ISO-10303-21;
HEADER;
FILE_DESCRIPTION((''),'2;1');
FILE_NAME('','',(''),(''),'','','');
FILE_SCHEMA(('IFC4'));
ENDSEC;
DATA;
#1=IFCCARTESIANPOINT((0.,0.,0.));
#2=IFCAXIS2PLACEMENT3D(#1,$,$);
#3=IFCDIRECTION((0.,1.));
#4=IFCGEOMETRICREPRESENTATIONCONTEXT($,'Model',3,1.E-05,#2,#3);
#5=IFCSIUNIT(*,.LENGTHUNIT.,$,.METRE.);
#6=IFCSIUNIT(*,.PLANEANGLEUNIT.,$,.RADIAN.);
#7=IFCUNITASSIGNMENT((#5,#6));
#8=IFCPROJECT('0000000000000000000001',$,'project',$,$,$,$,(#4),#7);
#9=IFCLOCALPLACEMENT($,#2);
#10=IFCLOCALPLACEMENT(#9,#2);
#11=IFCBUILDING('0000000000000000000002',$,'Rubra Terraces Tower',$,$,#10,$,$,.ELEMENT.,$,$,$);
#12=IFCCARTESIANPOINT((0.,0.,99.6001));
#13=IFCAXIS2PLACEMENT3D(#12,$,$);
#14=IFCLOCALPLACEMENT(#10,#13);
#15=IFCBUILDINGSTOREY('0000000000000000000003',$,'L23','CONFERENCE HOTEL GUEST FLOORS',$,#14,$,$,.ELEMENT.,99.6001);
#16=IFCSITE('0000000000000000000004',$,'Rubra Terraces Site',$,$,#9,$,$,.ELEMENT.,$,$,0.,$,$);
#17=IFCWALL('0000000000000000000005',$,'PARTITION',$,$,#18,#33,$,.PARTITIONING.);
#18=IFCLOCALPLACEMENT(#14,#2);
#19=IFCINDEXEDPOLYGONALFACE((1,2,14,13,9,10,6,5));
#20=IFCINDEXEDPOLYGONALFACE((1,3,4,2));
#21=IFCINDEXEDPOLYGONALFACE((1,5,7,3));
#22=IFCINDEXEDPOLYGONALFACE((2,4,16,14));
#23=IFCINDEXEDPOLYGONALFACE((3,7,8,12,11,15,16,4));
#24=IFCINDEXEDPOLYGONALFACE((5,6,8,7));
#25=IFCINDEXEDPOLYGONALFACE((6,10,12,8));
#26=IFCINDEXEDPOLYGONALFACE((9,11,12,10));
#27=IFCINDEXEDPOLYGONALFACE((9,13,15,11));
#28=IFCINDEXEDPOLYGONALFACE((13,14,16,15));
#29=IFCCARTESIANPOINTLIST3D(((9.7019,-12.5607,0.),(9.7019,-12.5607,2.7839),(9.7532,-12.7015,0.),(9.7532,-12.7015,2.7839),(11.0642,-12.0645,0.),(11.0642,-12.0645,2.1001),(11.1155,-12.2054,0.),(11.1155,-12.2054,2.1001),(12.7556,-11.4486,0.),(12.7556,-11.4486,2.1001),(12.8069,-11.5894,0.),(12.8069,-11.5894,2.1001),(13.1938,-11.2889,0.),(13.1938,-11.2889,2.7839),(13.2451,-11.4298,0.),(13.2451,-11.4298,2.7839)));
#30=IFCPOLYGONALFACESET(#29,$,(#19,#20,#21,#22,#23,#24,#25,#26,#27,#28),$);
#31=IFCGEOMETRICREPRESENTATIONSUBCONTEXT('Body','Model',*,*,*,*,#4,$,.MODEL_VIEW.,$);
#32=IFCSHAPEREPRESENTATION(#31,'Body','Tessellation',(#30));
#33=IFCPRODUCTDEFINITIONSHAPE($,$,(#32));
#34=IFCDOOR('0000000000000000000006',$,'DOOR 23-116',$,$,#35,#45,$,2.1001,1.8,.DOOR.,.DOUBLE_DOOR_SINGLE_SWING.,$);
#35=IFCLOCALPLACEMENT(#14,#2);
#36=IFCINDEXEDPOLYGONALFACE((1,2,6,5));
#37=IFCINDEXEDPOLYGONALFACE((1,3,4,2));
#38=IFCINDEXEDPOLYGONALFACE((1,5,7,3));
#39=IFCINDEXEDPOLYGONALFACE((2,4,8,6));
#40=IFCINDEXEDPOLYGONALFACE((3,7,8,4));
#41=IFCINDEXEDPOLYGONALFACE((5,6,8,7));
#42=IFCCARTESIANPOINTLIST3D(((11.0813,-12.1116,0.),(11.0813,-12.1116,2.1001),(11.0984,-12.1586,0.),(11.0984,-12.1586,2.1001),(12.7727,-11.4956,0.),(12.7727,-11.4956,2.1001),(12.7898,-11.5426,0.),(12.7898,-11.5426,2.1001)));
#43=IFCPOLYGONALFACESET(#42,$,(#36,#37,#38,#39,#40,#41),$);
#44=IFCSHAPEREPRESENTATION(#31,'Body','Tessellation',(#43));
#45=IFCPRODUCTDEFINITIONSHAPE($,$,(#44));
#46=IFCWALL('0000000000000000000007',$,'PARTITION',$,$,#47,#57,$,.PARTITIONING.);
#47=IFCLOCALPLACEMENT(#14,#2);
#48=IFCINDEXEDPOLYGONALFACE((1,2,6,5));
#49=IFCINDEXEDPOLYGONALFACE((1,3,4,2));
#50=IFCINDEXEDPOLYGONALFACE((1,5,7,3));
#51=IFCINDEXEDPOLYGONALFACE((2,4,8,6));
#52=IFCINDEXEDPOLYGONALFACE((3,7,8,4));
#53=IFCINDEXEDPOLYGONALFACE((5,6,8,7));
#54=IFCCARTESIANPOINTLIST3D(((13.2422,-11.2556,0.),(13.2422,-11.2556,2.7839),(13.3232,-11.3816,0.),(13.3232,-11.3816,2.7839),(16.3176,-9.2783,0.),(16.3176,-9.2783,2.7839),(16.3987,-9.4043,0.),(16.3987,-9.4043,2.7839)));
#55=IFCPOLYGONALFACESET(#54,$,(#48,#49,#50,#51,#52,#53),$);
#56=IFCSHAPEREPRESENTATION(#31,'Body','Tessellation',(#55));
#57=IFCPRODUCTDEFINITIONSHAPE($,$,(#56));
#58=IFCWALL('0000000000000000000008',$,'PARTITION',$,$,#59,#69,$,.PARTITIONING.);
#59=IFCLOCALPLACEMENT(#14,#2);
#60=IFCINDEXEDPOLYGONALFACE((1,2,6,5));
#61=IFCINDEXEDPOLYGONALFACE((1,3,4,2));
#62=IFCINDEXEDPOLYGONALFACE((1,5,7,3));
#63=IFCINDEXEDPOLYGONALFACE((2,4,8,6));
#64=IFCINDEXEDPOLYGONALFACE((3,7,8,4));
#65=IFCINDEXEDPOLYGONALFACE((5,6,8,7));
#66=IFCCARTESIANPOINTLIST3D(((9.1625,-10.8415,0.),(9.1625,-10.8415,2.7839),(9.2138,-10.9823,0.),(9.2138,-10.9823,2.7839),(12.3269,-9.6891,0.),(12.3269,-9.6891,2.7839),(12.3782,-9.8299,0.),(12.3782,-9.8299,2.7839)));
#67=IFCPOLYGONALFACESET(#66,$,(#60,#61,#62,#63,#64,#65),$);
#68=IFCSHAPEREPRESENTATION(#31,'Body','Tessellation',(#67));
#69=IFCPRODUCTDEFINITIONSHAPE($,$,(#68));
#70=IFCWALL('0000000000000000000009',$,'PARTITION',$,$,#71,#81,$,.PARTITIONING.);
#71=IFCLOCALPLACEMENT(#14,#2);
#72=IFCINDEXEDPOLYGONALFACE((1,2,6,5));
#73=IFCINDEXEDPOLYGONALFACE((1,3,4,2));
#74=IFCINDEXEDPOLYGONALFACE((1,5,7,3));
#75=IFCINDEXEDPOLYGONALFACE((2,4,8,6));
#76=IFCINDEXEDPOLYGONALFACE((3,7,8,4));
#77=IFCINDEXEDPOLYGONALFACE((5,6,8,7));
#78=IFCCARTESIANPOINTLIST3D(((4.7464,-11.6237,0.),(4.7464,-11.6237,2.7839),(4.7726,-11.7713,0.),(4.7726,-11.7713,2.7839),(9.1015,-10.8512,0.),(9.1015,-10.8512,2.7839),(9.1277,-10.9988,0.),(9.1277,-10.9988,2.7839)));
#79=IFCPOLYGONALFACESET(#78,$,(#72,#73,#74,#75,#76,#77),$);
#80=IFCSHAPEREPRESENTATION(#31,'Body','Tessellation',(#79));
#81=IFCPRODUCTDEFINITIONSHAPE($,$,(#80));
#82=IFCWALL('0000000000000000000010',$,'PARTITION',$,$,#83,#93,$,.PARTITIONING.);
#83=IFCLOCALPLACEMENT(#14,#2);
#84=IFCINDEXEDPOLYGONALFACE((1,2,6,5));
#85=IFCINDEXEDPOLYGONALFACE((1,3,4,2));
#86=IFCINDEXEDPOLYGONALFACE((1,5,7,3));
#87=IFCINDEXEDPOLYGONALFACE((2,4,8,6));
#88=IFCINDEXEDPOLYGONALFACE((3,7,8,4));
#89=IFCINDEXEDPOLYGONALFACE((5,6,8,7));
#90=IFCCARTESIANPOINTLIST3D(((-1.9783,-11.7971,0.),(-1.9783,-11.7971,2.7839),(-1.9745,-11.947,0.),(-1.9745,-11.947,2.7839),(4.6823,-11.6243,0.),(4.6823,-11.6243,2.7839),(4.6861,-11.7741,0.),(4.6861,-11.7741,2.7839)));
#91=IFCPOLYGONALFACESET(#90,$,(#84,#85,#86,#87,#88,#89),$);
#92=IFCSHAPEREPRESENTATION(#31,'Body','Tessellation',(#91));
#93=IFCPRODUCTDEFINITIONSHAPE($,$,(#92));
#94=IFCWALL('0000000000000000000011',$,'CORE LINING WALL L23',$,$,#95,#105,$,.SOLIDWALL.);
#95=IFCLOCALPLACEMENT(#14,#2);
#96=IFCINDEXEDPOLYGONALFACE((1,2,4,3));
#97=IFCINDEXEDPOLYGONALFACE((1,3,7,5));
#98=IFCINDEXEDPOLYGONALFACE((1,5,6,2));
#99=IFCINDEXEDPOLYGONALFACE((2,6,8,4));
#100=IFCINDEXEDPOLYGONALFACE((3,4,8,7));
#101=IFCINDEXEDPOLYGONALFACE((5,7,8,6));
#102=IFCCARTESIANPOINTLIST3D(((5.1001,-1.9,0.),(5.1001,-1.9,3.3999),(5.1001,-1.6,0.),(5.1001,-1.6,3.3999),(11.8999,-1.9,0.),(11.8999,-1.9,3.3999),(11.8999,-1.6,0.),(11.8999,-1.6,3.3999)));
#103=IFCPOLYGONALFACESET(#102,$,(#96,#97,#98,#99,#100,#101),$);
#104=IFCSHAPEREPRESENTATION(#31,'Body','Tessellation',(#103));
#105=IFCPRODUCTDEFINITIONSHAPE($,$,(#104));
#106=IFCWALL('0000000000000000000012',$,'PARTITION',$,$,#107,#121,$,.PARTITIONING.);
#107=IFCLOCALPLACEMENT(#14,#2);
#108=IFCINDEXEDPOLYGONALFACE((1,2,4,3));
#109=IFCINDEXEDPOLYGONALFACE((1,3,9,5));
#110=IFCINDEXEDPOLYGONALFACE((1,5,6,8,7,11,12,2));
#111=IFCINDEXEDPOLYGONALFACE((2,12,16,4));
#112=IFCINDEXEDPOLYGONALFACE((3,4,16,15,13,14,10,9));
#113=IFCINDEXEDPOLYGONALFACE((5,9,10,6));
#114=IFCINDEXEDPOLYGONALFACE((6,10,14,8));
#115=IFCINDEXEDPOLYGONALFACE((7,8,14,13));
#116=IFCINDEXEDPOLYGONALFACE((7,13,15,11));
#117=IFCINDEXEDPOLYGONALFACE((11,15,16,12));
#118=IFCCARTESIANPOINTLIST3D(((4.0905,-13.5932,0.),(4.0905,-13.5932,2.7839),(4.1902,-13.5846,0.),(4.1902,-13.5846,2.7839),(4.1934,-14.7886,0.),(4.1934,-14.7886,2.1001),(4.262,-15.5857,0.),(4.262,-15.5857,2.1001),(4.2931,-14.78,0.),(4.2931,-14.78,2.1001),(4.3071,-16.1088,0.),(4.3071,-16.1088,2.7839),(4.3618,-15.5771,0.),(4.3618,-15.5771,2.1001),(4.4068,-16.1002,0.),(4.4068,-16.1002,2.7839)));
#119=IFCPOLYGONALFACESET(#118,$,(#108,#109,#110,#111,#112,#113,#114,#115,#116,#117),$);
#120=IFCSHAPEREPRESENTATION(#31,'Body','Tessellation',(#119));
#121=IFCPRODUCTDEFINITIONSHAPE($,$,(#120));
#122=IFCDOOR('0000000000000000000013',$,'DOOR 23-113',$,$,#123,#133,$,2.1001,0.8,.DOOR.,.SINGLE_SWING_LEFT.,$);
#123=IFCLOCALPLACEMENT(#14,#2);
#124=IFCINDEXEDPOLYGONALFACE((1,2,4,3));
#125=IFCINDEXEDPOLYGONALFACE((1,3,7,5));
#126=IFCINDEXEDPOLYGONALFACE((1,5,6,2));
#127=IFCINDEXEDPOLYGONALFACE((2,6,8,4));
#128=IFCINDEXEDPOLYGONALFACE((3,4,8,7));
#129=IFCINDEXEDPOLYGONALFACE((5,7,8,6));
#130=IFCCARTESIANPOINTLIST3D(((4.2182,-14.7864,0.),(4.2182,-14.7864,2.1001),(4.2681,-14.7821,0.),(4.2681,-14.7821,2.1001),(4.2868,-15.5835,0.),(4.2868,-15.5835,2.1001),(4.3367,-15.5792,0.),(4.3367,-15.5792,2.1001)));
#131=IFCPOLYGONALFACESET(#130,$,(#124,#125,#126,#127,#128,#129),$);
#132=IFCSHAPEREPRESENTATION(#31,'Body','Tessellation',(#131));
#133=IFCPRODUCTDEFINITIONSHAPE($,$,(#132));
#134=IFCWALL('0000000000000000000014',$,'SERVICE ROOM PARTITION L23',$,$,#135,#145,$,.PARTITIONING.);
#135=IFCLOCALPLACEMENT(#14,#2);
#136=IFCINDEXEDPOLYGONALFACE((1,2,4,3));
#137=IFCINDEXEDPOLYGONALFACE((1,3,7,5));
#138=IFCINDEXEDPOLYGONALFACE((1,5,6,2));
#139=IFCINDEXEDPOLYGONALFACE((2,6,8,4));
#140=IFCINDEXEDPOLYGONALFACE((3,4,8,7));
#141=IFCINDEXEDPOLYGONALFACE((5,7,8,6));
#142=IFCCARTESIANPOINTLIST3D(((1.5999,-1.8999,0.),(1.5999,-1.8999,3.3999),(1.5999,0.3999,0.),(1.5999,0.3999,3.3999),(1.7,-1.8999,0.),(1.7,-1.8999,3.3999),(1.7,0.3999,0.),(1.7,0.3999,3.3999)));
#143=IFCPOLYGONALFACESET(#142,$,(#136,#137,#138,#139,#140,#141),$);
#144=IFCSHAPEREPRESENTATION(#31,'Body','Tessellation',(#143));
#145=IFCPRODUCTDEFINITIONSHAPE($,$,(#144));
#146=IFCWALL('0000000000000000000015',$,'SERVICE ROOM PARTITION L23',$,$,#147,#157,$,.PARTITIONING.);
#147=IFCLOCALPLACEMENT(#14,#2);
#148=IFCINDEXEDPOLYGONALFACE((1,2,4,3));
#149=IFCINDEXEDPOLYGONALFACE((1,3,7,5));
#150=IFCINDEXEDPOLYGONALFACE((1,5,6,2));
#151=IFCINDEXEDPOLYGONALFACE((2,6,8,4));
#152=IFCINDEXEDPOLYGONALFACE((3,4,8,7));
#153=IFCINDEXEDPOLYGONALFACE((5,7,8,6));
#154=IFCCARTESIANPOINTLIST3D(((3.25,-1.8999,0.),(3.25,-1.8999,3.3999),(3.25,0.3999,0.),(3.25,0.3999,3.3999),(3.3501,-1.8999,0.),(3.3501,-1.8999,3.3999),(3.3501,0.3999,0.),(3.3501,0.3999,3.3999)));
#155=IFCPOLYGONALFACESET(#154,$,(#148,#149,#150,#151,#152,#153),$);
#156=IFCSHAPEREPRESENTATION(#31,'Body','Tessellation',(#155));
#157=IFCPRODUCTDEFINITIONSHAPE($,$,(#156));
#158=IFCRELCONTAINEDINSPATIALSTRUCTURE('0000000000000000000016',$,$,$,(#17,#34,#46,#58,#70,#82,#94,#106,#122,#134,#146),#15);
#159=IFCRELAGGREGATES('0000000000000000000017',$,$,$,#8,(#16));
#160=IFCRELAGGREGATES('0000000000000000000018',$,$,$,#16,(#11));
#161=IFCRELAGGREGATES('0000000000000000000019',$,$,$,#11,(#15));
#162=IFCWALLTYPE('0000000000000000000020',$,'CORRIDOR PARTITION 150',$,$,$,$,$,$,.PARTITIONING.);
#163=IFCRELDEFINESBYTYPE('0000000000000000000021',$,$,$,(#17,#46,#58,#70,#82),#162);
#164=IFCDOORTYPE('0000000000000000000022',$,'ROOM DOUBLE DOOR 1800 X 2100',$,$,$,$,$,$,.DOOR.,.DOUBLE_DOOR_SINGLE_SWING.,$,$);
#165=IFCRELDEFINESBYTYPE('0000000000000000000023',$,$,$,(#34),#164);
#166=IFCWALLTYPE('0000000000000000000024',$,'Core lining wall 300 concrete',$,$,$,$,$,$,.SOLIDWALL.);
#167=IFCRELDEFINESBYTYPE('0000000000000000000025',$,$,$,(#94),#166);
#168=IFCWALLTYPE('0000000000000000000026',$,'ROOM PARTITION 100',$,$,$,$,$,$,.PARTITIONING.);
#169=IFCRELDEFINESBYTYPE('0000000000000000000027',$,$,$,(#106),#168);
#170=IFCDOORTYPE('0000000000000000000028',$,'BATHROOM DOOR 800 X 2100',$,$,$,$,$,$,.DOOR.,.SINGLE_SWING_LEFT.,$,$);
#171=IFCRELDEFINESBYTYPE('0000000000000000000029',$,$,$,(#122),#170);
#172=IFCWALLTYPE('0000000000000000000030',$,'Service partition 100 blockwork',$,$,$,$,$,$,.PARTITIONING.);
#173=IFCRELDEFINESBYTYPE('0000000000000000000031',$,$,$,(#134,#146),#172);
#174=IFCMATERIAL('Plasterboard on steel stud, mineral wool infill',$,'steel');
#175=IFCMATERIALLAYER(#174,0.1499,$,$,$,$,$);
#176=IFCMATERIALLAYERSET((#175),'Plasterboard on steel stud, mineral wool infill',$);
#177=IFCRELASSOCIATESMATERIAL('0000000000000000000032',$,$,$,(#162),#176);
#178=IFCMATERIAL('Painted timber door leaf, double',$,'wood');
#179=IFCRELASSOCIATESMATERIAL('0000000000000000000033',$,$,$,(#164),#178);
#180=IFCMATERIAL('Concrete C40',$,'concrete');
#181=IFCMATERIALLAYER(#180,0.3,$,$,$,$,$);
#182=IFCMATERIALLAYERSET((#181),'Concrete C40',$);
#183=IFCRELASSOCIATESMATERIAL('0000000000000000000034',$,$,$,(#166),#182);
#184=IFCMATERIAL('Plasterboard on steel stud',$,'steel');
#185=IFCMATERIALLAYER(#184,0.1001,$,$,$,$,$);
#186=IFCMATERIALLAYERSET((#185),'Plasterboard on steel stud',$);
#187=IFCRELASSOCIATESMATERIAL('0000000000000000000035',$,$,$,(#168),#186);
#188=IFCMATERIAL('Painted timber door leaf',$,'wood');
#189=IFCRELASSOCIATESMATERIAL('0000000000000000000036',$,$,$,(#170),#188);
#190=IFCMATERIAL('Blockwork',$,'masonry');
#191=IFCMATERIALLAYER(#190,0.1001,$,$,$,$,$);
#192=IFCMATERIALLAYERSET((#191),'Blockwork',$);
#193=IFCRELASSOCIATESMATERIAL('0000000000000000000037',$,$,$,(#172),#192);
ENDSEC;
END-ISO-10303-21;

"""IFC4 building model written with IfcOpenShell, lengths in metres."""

from ifc_helpers import new_model, si_unit, direction, frame, frame_2d, origin, place, context, subcontext, project, spatial, rectangle, extrude, material, layer, layer_set, type_object, element, fill, save


model = new_model("IFC4")

# Units and contexts
model_context = context("Model", 3, precision=1e-05, world=origin(), true_north=direction((0.0, 1.0)))
body_context = subcontext(model_context, "Body", "Model", "MODEL_VIEW")
ifc_project = project(units=[si_unit("LENGTHUNIT", "METRE"), si_unit("PLANEANGLEUNIT", "RADIAN")], contexts=[model_context])

# Site, building, storey
site_placement = place(None, origin())
site = spatial("IfcSite", under=ifc_project, at=site_placement, Name="Rubra Terraces Site", CompositionType="ELEMENT", RefElevation=0.0)
building_placement = place(site_placement, origin())
building = spatial("IfcBuilding", under=site, at=building_placement, Name="Rubra Terraces Tower", CompositionType="ELEMENT")
storey_placement = place(building_placement, frame((0.0, 0.0, 99.6001)))
storey = spatial("IfcBuildingStorey", under=building, at=storey_placement, Name="L23", Description="CONFERENCE HOTEL GUEST FLOORS", CompositionType="ELEMENT", Elevation=99.6001)

# Shared definitions
ifc_material_1 = material(Name="Concrete C40", Category="concrete")

# Shared definitions
ifc_material_2 = material(Name="Plasterboard on steel stud, mineral wool infill", Category="steel")
ifc_layer_1 = layer(ifc_material_2, 0.1499)
ifc_layer_set_1 = layer_set([ifc_layer_1], Name="Plasterboard on steel stud, mineral wool infill")
wall_type_1 = type_object("IfcWallType", Name="CORRIDOR PARTITION 150", PredefinedType="PARTITIONING", material=ifc_layer_set_1)
ifc_material_3 = material(Name="Painted timber door leaf", Category="wood")

# Wall, opening, door
wall_1_placement = place(storey_placement, frame((9.7275, -12.6311, 0.0), z_axis=(0.0, 0.0, 1.0), x_axis=(0.939626, 0.342202, 0.0)))
wall_1 = element("IfcWall", 1, at=wall_1_placement, inside=storey, type_object=wall_type_1, Name="PARTITION", PredefinedType="PARTITIONING", context=body_context, shape_type="SweptSolid", body=[
    extrude(rectangle(XDim=3.7163, YDim=0.1499, at=frame_2d((1.8582, 0.0))), origin(), (0.0, 0.0, 1.0), 2.7839),
])
opening_1_placement = place(wall_1_placement, frame((1.45, 0.0, 0.0)))
opening_1 = element("IfcOpeningElement", 2, at=opening_1_placement, cuts=wall_1, PredefinedType="OPENING", context=body_context, shape_type="SweptSolid", body=[
    extrude(rectangle(XDim=1.8, YDim=2.1001, at=frame_2d((0.8999, 1.05))), frame((0.0, 0.085, 0.0), z_axis=(0.0, -1.0, 0.0), x_axis=(1.0, 0.0, 0.0)), (0.0, 0.0, 1.0), 0.1699),
])
ifc_material_4 = material(Name="Painted timber door leaf, double", Category="wood")
door_type_1 = type_object("IfcDoorType", Name="ROOM DOUBLE DOOR 1800 X 2100", OperationType="DOUBLE_DOOR_SINGLE_SWING", PredefinedType="DOOR", material=ifc_material_4)
door_1_placement = place(opening_1_placement, origin())
door_1 = element("IfcDoor", 3, at=door_1_placement, inside=storey, type_object=door_type_1, Name="DOOR 23-116", OperationType="DOUBLE_DOOR_SINGLE_SWING", OverallHeight=2.1001, OverallWidth=1.8, PredefinedType="DOOR", context=body_context, shape_type="SweptSolid", body=[
    extrude(rectangle(XDim=1.8, YDim=2.1001, at=frame_2d((0.8999, 1.05))), frame((0.0, 0.0249, 0.0), z_axis=(0.0, -1.0, 0.0), x_axis=(1.0, 0.0, 0.0)), (0.0, 0.0, 1.0), 0.05),
])
fill(opening_1, door_1)

# Walls
wall_2_placement = place(storey_placement, frame((13.2827, -11.3186, 0.0), z_axis=(0.0, 0.0, 1.0), x_axis=(0.84115, 0.540801, 0.0)))
element("IfcWall", 4, at=wall_2_placement, inside=storey, type_object=wall_type_1, Name="PARTITION", PredefinedType="PARTITIONING", context=body_context, shape_type="SweptSolid", body=[
    extrude(rectangle(XDim=3.6562, YDim=0.1499, at=frame_2d((1.8281, 0.0))), origin(), (0.0, 0.0, 1.0), 2.7839),
])
wall_3_placement = place(storey_placement, frame((12.3525, -9.7595, 0.0), z_axis=(0.0, 0.0, 1.0), x_axis=(-0.939632, -0.342185, 0.0)))
element("IfcWall", 5, at=wall_3_placement, inside=storey, type_object=wall_type_1, Name="PARTITION", PredefinedType="PARTITIONING", context=body_context, shape_type="SweptSolid", body=[
    extrude(rectangle(XDim=3.3677, YDim=0.1499, at=frame_2d((1.6838, 0.0))), origin(), (0.0, 0.0, 1.0), 2.7839),
])
wall_4_placement = place(storey_placement, frame((9.1145, -10.925, 0.0), z_axis=(0.0, 0.0, 1.0), x_axis=(-0.984633, -0.174639, 0.0)))
element("IfcWall", 6, at=wall_4_placement, inside=storey, type_object=wall_type_1, Name="PARTITION", PredefinedType="PARTITIONING", context=body_context, shape_type="SweptSolid", body=[
    extrude(rectangle(XDim=4.4231, YDim=0.1499, at=frame_2d((2.2114, 0.0))), origin(), (0.0, 0.0, 1.0), 2.7839),
])
wall_5_placement = place(storey_placement, frame((4.6843, -11.6992, 0.0), z_axis=(0.0, 0.0, 1.0), x_axis=(-0.999663, -0.025942, 0.0)))
element("IfcWall", 7, at=wall_5_placement, inside=storey, type_object=wall_type_1, Name="PARTITION", PredefinedType="PARTITIONING", context=body_context, shape_type="SweptSolid", body=[
    extrude(rectangle(XDim=6.6628, YDim=0.1499, at=frame_2d((3.3315, 0.0))), origin(), (0.0, 0.0, 1.0), 2.7839),
])
ifc_layer_2 = layer(ifc_material_1, 0.3)
ifc_layer_set_2 = layer_set([ifc_layer_2], Name="Concrete C40")
wall_type_2 = type_object("IfcWallType", Name="Core lining wall 300 concrete", PredefinedType="SOLIDWALL", material=ifc_layer_set_2)
wall_6_placement = place(storey_placement, frame((11.8999, -1.75, 0.0), z_axis=(0.0, 0.0, 1.0), x_axis=(-1.0, 0.0, 0.0)))
element("IfcWall", 8, at=wall_6_placement, inside=storey, type_object=wall_type_2, Name="CORE LINING WALL L23", PredefinedType="SOLIDWALL", context=body_context, shape_type="SweptSolid", body=[
    extrude(rectangle(XDim=6.7998, YDim=0.3, at=frame_2d((3.3999, 0.0))), origin(), (0.0, 0.0, 1.0), 3.3999),
])

# Wall, opening, door
ifc_material_5 = material(Name="Plasterboard on steel stud", Category="steel")
ifc_layer_3 = layer(ifc_material_5, 0.1001)
ifc_layer_set_3 = layer_set([ifc_layer_3], Name="Plasterboard on steel stud")
wall_type_3 = type_object("IfcWallType", Name="ROOM PARTITION 100", PredefinedType="PARTITIONING", material=ifc_layer_set_3)
wall_7_placement = place(storey_placement, frame((4.1404, -13.5889, 0.0), z_axis=(0.0, 0.0, 1.0), x_axis=(0.085766, -0.996315, 0.0)))
wall_7 = element("IfcWall", 9, at=wall_7_placement, inside=storey, type_object=wall_type_3, Name="PARTITION", PredefinedType="PARTITIONING", context=body_context, shape_type="SweptSolid", body=[
    extrude(rectangle(XDim=2.5249, YDim=0.1001, at=frame_2d((1.2625, 0.0))), origin(), (0.0, 0.0, 1.0), 2.7839),
])
opening_2_placement = place(wall_7_placement, frame((1.2, 0.0, 0.0)))
opening_2 = element("IfcOpeningElement", 10, at=opening_2_placement, cuts=wall_7, PredefinedType="OPENING", context=body_context, shape_type="SweptSolid", body=[
    extrude(rectangle(XDim=0.8, YDim=2.1001, at=frame_2d((0.3999, 1.05))), frame((0.0, 0.0601, 0.0), z_axis=(0.0, -1.0, 0.0), x_axis=(1.0, 0.0, 0.0)), (0.0, 0.0, 1.0), 0.1201),
])
door_type_2 = type_object("IfcDoorType", Name="BATHROOM DOOR 800 X 2100", OperationType="SINGLE_SWING_LEFT", PredefinedType="DOOR", material=ifc_material_3)
door_2_placement = place(opening_2_placement, origin())
door_2 = element("IfcDoor", 11, at=door_2_placement, inside=storey, type_object=door_type_2, Name="DOOR 23-113", OperationType="SINGLE_SWING_LEFT", OverallHeight=2.1001, OverallWidth=0.8, PredefinedType="DOOR", context=body_context, shape_type="SweptSolid", body=[
    extrude(rectangle(XDim=0.8, YDim=2.1001, at=frame_2d((0.3999, 1.05))), frame((0.0, 0.0249, 0.0), z_axis=(0.0, -1.0, 0.0), x_axis=(1.0, 0.0, 0.0)), (0.0, 0.0, 1.0), 0.05),
])
fill(opening_2, door_2)

# Walls
ifc_material_6 = material(Name="Blockwork", Category="masonry")
ifc_layer_4 = layer(ifc_material_6, 0.1001)
ifc_layer_set_4 = layer_set([ifc_layer_4], Name="Blockwork")
wall_type_4 = type_object("IfcWallType", Name="Service partition 100 blockwork", PredefinedType="PARTITIONING", material=ifc_layer_set_4)
for number, where, z_axis, x_axis, name in (
    (12, (1.6499, -1.8999, 0.0), (0.0, 0.0, 1.0), (0.0, 1.0, 0.0), "SERVICE ROOM PARTITION L23"),
    (13, (3.3, -1.8999, 0.0), (0.0, 0.0, 1.0), (0.0, 1.0, 0.0), "SERVICE ROOM PARTITION L23"),
):
    element("IfcWall", number, at=place(storey_placement, frame(where, z_axis=z_axis, x_axis=x_axis)), inside=storey, type_object=wall_type_4, Name=name, PredefinedType="PARTITIONING", context=body_context, shape_type="SweptSolid", body=[
        extrude(rectangle(XDim=2.2998, YDim=0.1001, at=frame_2d((1.1499, 0.0))), origin(), (0.0, 0.0, 1.0), 3.3999),
    ])

save(model, "model.ifc")
